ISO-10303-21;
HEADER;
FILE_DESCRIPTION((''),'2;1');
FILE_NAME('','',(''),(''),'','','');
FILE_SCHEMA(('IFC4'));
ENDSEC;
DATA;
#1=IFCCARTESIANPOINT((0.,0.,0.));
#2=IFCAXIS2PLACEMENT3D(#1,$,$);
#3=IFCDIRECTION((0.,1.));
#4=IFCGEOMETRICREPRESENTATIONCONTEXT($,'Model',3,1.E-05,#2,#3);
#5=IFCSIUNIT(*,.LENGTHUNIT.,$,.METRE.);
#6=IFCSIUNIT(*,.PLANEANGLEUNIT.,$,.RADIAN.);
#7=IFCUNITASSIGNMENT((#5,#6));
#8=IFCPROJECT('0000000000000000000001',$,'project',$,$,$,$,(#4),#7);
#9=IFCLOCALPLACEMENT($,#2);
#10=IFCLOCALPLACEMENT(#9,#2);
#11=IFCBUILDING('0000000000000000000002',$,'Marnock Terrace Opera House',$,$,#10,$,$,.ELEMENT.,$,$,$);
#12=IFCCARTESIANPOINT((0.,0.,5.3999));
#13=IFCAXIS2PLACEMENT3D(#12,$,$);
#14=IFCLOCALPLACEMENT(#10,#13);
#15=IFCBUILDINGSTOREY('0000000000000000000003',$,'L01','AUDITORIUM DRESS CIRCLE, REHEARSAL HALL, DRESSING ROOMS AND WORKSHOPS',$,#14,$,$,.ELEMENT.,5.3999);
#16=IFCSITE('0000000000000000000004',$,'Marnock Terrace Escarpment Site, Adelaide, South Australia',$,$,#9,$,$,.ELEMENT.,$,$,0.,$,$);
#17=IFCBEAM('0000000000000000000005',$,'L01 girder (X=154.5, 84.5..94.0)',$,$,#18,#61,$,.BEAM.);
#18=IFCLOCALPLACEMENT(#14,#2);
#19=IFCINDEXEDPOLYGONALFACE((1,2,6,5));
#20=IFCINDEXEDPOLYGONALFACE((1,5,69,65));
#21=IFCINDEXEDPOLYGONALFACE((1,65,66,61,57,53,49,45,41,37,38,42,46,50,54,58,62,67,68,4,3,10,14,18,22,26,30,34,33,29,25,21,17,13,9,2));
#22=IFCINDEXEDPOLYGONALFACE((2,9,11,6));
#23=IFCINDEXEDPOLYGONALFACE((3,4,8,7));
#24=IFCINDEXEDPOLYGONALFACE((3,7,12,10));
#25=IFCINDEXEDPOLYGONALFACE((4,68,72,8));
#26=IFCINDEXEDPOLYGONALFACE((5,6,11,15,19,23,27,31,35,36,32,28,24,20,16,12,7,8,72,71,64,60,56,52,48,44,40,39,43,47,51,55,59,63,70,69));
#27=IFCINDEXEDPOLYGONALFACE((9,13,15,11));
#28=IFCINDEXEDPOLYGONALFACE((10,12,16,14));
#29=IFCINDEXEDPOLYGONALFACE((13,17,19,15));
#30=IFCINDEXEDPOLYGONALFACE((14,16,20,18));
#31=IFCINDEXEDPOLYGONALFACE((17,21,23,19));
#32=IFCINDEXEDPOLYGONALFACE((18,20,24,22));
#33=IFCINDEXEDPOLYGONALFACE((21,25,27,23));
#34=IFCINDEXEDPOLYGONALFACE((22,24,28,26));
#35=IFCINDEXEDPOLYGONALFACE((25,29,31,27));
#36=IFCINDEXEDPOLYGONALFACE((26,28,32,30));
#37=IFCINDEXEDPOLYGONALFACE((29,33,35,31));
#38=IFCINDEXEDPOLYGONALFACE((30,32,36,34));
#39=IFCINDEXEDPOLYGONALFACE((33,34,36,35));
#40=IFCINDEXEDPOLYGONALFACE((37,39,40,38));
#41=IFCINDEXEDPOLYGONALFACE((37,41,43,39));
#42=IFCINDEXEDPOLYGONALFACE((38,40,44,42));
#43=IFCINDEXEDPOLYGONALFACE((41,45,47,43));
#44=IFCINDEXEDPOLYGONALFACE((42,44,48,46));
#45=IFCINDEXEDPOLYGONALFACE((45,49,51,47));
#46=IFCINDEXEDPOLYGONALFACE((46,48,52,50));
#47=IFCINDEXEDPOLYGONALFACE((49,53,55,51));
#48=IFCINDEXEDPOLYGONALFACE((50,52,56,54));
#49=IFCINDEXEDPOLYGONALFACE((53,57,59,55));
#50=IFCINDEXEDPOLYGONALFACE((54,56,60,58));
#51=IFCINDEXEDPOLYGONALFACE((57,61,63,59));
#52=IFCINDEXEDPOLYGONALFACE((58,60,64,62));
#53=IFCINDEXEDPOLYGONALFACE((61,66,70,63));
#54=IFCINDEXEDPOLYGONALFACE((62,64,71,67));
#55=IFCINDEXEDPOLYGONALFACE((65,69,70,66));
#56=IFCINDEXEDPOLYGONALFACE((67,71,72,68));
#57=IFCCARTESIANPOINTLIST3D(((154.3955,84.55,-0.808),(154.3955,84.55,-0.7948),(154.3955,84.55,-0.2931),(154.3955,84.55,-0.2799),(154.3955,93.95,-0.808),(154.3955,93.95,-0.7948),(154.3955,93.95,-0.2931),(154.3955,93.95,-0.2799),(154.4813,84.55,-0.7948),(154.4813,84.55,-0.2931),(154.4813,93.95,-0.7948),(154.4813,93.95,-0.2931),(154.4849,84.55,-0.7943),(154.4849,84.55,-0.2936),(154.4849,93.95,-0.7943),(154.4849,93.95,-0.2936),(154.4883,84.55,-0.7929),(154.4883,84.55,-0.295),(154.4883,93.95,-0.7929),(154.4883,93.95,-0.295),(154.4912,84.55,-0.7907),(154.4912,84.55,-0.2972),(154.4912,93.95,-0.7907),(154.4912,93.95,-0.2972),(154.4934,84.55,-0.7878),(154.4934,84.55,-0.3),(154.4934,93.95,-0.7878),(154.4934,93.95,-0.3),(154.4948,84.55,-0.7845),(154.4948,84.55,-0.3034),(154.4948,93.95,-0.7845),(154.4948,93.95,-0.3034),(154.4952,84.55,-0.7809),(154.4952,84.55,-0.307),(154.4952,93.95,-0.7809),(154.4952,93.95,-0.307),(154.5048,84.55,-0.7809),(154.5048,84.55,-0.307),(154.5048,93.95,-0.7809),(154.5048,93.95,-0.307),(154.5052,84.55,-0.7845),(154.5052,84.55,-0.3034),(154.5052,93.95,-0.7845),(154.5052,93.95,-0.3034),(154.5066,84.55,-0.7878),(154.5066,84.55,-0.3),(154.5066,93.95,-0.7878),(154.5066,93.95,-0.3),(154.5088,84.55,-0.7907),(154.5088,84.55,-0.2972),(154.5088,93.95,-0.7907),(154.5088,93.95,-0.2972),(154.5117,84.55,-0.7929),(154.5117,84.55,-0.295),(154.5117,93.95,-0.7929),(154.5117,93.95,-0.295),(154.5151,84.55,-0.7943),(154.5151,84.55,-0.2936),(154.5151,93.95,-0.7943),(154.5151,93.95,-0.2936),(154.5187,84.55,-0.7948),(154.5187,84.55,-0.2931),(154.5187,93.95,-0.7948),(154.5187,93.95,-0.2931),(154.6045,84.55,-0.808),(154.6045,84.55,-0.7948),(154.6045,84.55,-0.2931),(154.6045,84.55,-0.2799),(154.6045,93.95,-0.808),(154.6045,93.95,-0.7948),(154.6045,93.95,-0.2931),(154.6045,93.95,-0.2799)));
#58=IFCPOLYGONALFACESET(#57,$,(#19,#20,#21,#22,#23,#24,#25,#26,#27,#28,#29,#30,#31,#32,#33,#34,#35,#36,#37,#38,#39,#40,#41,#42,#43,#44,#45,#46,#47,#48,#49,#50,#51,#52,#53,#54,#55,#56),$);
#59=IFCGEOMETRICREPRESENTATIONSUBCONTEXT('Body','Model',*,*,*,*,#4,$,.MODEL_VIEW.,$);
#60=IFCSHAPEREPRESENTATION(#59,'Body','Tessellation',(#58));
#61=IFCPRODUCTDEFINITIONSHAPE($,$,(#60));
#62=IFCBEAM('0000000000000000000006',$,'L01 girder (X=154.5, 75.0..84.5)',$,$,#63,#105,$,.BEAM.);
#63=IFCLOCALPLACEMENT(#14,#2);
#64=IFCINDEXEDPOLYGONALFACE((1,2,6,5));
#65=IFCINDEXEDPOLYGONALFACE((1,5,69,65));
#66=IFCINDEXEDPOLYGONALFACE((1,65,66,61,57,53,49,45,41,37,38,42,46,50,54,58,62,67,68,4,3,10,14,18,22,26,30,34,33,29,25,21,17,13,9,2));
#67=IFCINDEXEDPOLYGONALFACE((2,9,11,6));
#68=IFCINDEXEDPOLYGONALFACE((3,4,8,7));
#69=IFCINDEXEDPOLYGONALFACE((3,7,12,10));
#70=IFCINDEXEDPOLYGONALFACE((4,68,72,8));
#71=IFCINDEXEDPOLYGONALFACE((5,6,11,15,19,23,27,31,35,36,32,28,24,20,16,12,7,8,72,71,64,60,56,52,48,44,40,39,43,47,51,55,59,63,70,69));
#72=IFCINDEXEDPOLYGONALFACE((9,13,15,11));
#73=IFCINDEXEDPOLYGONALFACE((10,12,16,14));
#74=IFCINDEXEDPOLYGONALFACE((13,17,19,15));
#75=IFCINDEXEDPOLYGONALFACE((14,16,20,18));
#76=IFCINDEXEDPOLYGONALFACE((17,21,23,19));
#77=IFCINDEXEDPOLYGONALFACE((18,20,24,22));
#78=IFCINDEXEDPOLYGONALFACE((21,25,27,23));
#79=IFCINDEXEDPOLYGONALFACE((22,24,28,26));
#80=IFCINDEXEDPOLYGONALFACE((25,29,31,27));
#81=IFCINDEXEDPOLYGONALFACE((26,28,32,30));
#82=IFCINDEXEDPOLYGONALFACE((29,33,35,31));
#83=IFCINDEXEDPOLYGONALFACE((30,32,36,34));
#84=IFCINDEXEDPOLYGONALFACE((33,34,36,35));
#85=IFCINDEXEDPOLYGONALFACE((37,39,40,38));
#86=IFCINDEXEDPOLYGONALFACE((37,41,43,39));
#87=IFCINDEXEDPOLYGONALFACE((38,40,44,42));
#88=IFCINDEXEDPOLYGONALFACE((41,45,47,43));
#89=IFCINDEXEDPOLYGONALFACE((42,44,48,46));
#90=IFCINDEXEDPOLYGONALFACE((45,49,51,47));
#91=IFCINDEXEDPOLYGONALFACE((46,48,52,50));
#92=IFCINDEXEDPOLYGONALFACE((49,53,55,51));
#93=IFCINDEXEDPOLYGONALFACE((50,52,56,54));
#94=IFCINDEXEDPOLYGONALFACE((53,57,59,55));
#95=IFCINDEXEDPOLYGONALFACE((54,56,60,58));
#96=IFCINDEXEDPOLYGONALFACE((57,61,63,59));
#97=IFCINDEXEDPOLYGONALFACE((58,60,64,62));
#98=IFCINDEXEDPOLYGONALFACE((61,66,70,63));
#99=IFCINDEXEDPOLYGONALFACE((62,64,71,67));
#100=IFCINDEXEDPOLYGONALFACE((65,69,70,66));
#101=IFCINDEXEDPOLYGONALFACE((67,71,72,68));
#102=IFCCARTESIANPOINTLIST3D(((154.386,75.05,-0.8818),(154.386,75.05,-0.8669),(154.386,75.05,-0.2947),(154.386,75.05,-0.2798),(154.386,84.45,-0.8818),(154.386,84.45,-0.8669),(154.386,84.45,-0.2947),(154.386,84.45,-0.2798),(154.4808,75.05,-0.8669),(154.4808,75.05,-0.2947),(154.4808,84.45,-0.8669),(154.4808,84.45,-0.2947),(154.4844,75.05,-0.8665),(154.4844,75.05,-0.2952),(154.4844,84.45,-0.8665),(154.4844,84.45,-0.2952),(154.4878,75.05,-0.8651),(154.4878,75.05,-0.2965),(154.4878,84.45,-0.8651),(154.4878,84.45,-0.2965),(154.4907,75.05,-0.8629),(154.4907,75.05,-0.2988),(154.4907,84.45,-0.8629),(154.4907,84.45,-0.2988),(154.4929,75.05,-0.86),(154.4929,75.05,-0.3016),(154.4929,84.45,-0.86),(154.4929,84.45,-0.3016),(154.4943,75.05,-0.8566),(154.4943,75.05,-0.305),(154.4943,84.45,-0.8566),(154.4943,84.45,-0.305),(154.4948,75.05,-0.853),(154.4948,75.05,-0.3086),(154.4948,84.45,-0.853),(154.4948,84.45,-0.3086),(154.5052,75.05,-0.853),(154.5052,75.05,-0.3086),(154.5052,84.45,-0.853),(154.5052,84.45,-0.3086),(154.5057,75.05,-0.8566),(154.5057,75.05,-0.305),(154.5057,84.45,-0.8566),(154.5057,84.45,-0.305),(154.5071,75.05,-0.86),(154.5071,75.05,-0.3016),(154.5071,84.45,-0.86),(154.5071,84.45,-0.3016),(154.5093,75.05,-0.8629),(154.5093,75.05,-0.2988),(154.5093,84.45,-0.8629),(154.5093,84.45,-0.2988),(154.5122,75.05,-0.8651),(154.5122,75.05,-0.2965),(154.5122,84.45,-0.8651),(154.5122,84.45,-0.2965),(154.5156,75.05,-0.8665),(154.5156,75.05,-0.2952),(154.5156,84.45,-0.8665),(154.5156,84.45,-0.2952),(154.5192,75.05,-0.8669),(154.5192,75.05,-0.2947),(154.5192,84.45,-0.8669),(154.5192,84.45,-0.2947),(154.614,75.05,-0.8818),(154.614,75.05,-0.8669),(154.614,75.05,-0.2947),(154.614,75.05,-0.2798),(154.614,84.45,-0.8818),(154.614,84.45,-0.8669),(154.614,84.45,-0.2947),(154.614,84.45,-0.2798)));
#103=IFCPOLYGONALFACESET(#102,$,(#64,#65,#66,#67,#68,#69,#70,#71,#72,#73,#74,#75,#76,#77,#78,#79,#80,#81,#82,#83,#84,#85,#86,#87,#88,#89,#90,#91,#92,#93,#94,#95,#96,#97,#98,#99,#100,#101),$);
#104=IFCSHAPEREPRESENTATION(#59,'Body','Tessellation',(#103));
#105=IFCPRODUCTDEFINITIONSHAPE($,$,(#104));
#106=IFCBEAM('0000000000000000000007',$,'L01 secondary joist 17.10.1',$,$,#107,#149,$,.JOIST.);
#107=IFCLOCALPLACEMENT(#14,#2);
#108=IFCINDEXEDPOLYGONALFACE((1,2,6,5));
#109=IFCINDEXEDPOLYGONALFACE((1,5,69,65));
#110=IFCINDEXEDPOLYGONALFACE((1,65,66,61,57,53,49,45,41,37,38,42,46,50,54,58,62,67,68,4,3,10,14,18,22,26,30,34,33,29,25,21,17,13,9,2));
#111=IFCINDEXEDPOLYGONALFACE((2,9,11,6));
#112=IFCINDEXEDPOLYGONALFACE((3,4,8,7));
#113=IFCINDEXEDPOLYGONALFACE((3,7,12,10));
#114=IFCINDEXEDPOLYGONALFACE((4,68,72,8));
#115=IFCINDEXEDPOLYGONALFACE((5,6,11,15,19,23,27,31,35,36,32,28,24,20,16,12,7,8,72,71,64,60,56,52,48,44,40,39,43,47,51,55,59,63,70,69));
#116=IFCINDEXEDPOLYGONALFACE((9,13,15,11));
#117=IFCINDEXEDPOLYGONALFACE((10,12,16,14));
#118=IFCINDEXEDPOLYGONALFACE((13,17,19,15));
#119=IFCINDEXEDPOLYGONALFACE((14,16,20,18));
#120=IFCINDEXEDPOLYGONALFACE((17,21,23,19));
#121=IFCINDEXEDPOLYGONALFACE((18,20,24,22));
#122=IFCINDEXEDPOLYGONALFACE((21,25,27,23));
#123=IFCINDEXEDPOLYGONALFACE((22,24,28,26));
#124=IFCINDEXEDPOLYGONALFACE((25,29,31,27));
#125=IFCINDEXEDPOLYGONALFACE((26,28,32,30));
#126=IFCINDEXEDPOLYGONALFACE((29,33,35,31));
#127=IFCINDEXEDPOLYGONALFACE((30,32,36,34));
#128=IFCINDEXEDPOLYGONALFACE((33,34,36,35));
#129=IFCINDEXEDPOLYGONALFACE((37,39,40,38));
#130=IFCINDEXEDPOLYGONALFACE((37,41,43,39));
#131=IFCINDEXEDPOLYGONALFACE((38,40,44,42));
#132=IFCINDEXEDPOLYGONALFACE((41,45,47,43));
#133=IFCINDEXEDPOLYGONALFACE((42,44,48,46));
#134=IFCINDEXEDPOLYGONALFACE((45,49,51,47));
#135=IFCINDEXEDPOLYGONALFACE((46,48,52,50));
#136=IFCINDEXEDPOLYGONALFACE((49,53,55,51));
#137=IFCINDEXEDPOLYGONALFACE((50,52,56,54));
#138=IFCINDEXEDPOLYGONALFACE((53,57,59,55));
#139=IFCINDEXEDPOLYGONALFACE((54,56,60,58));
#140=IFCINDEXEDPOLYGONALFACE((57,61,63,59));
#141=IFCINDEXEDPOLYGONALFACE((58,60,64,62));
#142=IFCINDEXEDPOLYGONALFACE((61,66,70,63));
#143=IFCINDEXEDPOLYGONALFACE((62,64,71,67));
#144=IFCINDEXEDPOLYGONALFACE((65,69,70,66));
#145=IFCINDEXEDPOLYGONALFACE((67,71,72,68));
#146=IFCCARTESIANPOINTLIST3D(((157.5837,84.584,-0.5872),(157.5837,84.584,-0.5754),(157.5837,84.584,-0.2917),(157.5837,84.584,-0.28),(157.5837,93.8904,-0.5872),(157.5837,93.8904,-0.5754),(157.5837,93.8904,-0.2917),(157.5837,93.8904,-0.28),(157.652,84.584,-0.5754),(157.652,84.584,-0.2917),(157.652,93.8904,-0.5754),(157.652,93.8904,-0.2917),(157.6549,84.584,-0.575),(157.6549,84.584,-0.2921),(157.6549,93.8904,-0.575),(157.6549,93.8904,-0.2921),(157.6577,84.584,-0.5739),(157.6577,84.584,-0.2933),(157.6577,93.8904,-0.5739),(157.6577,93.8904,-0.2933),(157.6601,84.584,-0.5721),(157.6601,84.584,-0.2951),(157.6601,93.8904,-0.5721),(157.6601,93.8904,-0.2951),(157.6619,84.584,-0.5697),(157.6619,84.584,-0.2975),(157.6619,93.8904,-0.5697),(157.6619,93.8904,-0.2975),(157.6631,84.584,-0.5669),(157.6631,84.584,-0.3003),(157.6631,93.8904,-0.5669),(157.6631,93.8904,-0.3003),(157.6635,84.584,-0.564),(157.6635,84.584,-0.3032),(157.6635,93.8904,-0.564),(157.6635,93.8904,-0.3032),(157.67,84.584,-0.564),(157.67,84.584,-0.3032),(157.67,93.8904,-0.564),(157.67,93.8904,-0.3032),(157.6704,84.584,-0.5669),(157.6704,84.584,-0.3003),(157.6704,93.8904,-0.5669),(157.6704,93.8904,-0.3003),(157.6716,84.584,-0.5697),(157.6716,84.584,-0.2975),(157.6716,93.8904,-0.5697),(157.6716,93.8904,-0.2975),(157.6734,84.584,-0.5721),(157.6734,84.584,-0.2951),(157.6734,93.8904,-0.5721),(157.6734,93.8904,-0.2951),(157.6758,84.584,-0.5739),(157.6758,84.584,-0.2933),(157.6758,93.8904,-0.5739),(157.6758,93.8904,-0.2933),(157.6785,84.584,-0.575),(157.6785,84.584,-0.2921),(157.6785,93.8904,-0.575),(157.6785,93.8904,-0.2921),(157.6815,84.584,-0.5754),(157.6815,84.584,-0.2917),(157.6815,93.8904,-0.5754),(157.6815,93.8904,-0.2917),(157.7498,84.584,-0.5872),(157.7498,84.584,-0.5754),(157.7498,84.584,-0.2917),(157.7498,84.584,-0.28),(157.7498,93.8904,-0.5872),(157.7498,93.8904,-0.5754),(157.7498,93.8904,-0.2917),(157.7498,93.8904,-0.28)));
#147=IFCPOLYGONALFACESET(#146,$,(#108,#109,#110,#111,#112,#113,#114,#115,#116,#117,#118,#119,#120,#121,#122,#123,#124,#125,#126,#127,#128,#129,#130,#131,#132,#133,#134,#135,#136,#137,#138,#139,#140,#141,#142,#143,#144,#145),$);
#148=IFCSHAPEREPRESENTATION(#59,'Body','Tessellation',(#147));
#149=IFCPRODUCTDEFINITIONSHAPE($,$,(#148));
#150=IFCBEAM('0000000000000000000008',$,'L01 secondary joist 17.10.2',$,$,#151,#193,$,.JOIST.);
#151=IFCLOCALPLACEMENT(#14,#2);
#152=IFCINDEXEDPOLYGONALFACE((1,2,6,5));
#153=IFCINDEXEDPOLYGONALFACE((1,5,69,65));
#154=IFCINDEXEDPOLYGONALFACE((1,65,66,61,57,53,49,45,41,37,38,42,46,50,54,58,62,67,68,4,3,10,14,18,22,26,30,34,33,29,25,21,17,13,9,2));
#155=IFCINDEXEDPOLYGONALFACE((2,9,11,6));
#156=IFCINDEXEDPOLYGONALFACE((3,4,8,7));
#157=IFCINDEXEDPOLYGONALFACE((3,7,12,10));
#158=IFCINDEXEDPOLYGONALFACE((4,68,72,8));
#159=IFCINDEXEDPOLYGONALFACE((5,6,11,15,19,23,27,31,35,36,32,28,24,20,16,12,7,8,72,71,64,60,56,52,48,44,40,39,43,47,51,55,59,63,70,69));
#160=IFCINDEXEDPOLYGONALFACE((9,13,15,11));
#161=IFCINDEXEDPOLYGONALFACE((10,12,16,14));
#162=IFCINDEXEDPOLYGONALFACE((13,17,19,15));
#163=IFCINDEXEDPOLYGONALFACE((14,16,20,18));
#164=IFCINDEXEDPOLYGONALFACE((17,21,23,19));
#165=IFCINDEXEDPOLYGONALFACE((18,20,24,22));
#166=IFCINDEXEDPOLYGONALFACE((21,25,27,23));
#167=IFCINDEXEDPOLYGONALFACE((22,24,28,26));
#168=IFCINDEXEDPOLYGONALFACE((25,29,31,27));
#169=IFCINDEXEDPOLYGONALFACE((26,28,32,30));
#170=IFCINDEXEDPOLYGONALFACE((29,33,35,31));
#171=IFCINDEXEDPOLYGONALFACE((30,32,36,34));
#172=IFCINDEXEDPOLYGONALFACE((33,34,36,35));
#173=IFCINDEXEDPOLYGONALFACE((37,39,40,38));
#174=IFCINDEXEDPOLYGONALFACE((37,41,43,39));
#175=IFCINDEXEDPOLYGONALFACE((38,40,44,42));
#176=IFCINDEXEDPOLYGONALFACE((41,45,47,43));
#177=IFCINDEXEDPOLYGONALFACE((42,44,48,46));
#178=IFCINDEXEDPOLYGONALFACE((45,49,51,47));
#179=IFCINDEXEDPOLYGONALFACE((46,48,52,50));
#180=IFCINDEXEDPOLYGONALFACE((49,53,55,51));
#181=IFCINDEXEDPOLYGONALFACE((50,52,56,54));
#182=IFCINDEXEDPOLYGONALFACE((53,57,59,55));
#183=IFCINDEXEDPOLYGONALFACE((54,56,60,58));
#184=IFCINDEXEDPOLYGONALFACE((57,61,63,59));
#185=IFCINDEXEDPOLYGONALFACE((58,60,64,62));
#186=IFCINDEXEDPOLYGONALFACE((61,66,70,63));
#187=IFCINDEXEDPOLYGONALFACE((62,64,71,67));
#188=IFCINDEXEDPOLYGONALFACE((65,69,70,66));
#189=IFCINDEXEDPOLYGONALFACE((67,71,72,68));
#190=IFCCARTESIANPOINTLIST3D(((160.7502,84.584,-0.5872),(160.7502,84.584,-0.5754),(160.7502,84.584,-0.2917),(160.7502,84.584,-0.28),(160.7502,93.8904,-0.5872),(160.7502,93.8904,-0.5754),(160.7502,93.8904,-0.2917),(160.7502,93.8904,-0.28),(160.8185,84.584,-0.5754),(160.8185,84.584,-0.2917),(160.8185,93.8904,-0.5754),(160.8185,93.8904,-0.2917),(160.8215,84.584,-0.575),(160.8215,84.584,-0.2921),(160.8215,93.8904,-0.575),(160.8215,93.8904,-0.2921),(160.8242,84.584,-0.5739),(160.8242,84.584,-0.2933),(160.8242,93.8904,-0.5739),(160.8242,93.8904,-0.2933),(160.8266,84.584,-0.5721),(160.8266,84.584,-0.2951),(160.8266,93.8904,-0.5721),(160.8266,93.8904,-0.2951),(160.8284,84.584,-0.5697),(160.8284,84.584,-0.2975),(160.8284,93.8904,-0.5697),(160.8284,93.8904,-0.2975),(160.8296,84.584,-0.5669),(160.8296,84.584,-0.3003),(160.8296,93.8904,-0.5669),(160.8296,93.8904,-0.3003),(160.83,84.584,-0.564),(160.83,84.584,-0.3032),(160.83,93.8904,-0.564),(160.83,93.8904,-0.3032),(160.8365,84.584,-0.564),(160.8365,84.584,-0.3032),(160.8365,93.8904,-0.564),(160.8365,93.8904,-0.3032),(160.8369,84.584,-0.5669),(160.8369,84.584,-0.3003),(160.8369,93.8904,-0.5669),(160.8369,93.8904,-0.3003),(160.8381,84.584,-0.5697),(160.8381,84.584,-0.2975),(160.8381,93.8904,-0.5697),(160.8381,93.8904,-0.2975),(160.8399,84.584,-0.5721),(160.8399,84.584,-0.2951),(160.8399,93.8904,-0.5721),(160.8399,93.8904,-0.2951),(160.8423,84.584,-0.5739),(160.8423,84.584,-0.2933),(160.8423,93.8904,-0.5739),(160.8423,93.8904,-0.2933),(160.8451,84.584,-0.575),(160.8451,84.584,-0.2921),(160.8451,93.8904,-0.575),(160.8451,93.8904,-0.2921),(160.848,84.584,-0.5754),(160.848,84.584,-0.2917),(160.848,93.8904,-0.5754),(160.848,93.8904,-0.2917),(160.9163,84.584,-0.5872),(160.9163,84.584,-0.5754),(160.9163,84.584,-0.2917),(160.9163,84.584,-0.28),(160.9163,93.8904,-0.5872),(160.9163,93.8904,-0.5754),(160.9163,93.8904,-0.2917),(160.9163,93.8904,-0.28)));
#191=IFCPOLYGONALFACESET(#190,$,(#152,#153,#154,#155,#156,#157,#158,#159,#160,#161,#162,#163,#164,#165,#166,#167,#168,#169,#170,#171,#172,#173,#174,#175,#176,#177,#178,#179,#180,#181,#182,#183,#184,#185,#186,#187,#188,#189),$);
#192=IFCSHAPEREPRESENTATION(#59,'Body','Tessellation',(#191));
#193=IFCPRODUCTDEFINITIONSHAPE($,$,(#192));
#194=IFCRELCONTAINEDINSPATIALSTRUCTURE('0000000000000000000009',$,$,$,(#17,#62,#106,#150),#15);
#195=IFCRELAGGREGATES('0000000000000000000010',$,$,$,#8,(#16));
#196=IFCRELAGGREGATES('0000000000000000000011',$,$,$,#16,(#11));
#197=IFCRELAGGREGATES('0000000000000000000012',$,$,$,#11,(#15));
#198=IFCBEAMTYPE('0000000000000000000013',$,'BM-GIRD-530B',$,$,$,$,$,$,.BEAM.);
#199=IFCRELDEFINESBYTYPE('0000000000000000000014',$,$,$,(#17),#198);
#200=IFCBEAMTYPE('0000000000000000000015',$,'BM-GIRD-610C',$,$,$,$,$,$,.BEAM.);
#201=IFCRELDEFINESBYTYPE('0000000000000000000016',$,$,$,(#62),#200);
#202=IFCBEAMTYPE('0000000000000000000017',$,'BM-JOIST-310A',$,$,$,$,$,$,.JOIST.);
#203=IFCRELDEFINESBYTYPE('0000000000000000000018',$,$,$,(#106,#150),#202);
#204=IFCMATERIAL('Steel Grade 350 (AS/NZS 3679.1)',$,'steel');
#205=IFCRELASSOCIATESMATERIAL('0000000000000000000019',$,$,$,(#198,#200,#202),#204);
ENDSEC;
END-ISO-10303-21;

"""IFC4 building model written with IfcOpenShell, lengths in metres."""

from ifc_helpers import new_model, si_unit, direction, frame, origin, origin_2d, place, context, subcontext, project, spatial, i_section, extrude, material, material_profile, profile_set, type_object, element, save


model = new_model("IFC4")

# Units and contexts
model_context = context("Model", 3, precision=1e-05, world=origin(), true_north=direction((0.0, 1.0)))
body_context = subcontext(model_context, "Body", "Model", "MODEL_VIEW")
ifc_project = project(units=[si_unit("LENGTHUNIT", "METRE"), si_unit("PLANEANGLEUNIT", "RADIAN")], contexts=[model_context])

# Site, building, storey
site_placement = place(None, origin())
site = spatial("IfcSite", under=ifc_project, at=site_placement, Name="Marnock Terrace Escarpment Site, Adelaide, South Australia", CompositionType="ELEMENT", RefElevation=0.0)
building_placement = place(site_placement, origin())
building = spatial("IfcBuilding", under=site, at=building_placement, Name="Marnock Terrace Opera House", CompositionType="ELEMENT")
storey_placement = place(building_placement, frame((0.0, 0.0, 5.3999)))
storey = spatial("IfcBuildingStorey", under=building, at=storey_placement, Name="L01", Description="AUDITORIUM DRESS CIRCLE, REHEARSAL HALL, DRESSING ROOMS AND WORKSHOPS", CompositionType="ELEMENT", Elevation=5.3999)

# Beams
ifc_material_1 = material(Name="Steel Grade 350 (AS/NZS 3679.1)", Category="steel")
ifc_material_profile_1 = material_profile(ifc_material_1, i_section(OverallWidth=0.209, OverallDepth=0.5281, WebThickness=0.0095, FlangeThickness=0.0132, FilletRadius=0.0139, at=origin_2d()))
ifc_profile_set_1 = profile_set([ifc_material_profile_1], Name="Steel Grade 350 (AS/NZS 3679.1)")
beam_type_1 = type_object("IfcBeamType", Name="BM-GIRD-530B", PredefinedType="BEAM", material=ifc_profile_set_1)
beam_1_placement = place(storey_placement, frame((154.5, 84.55, -0.5439), z_axis=(0.0, 1.0, 0.0), x_axis=(-1.0, 0.0, 0.0)))
element("IfcBeam", 1, at=beam_1_placement, inside=storey, type_object=beam_type_1, Name="L01 girder (X=154.5, 84.5..94.0)", PredefinedType="BEAM", context=body_context, shape_type="SweptSolid", body=[
    extrude(i_section(OverallWidth=0.209, OverallDepth=0.5281, WebThickness=0.0095, FlangeThickness=0.0132, FilletRadius=0.0139, at=origin_2d()), origin(), (0.0, 0.0, 1.0), 9.3999),
])
ifc_material_profile_2 = material_profile(ifc_material_1, i_section(OverallWidth=0.228, OverallDepth=0.6021, WebThickness=0.0105, FlangeThickness=0.0149, FilletRadius=0.0139, at=origin_2d()))
ifc_profile_set_2 = profile_set([ifc_material_profile_2], Name="Steel Grade 350 (AS/NZS 3679.1)")
beam_type_2 = type_object("IfcBeamType", Name="BM-GIRD-610C", PredefinedType="BEAM", material=ifc_profile_set_2)
beam_2_placement = place(storey_placement, frame((154.5, 75.05, -0.5808), z_axis=(0.0, 1.0, 0.0), x_axis=(-1.0, 0.0, 0.0)))
element("IfcBeam", 2, at=beam_2_placement, inside=storey, type_object=beam_type_2, Name="L01 girder (X=154.5, 75.0..84.5)", PredefinedType="BEAM", context=body_context, shape_type="SweptSolid", body=[
    extrude(i_section(OverallWidth=0.228, OverallDepth=0.6021, WebThickness=0.0105, FlangeThickness=0.0149, FilletRadius=0.0139, at=origin_2d()), origin(), (0.0, 0.0, 1.0), 9.3999),
])
ifc_material_profile_3 = material_profile(ifc_material_1, i_section(OverallWidth=0.166, OverallDepth=0.3071, WebThickness=0.0066, FlangeThickness=0.0117, FilletRadius=0.0115, at=origin_2d()))
ifc_profile_set_3 = profile_set([ifc_material_profile_3], Name="Steel Grade 350 (AS/NZS 3679.1)")
beam_type_3 = type_object("IfcBeamType", Name="BM-JOIST-310A", PredefinedType="JOIST", material=ifc_profile_set_3)
for number, where, z_axis, x_axis, name in (
    (3, (157.6667, 84.584, -0.4336), (0.0, 1.0, 0.0), (-1.0, 0.0, 0.0), "L01 secondary joist 17.10.1"),
    (4, (160.8333, 84.584, -0.4336), (0.0, 1.0, 0.0), (-1.0, 0.0, 0.0), "L01 secondary joist 17.10.2"),
):
    element("IfcBeam", number, at=place(storey_placement, frame(where, z_axis=z_axis, x_axis=x_axis)), inside=storey, type_object=beam_type_3, Name=name, PredefinedType="JOIST", context=body_context, shape_type="SweptSolid", body=[
        extrude(i_section(OverallWidth=0.166, OverallDepth=0.3071, WebThickness=0.0066, FlangeThickness=0.0117, FilletRadius=0.0115, at=origin_2d()), origin(), (0.0, 0.0, 1.0), 9.3064),
    ])

save(model, "model.ifc")
